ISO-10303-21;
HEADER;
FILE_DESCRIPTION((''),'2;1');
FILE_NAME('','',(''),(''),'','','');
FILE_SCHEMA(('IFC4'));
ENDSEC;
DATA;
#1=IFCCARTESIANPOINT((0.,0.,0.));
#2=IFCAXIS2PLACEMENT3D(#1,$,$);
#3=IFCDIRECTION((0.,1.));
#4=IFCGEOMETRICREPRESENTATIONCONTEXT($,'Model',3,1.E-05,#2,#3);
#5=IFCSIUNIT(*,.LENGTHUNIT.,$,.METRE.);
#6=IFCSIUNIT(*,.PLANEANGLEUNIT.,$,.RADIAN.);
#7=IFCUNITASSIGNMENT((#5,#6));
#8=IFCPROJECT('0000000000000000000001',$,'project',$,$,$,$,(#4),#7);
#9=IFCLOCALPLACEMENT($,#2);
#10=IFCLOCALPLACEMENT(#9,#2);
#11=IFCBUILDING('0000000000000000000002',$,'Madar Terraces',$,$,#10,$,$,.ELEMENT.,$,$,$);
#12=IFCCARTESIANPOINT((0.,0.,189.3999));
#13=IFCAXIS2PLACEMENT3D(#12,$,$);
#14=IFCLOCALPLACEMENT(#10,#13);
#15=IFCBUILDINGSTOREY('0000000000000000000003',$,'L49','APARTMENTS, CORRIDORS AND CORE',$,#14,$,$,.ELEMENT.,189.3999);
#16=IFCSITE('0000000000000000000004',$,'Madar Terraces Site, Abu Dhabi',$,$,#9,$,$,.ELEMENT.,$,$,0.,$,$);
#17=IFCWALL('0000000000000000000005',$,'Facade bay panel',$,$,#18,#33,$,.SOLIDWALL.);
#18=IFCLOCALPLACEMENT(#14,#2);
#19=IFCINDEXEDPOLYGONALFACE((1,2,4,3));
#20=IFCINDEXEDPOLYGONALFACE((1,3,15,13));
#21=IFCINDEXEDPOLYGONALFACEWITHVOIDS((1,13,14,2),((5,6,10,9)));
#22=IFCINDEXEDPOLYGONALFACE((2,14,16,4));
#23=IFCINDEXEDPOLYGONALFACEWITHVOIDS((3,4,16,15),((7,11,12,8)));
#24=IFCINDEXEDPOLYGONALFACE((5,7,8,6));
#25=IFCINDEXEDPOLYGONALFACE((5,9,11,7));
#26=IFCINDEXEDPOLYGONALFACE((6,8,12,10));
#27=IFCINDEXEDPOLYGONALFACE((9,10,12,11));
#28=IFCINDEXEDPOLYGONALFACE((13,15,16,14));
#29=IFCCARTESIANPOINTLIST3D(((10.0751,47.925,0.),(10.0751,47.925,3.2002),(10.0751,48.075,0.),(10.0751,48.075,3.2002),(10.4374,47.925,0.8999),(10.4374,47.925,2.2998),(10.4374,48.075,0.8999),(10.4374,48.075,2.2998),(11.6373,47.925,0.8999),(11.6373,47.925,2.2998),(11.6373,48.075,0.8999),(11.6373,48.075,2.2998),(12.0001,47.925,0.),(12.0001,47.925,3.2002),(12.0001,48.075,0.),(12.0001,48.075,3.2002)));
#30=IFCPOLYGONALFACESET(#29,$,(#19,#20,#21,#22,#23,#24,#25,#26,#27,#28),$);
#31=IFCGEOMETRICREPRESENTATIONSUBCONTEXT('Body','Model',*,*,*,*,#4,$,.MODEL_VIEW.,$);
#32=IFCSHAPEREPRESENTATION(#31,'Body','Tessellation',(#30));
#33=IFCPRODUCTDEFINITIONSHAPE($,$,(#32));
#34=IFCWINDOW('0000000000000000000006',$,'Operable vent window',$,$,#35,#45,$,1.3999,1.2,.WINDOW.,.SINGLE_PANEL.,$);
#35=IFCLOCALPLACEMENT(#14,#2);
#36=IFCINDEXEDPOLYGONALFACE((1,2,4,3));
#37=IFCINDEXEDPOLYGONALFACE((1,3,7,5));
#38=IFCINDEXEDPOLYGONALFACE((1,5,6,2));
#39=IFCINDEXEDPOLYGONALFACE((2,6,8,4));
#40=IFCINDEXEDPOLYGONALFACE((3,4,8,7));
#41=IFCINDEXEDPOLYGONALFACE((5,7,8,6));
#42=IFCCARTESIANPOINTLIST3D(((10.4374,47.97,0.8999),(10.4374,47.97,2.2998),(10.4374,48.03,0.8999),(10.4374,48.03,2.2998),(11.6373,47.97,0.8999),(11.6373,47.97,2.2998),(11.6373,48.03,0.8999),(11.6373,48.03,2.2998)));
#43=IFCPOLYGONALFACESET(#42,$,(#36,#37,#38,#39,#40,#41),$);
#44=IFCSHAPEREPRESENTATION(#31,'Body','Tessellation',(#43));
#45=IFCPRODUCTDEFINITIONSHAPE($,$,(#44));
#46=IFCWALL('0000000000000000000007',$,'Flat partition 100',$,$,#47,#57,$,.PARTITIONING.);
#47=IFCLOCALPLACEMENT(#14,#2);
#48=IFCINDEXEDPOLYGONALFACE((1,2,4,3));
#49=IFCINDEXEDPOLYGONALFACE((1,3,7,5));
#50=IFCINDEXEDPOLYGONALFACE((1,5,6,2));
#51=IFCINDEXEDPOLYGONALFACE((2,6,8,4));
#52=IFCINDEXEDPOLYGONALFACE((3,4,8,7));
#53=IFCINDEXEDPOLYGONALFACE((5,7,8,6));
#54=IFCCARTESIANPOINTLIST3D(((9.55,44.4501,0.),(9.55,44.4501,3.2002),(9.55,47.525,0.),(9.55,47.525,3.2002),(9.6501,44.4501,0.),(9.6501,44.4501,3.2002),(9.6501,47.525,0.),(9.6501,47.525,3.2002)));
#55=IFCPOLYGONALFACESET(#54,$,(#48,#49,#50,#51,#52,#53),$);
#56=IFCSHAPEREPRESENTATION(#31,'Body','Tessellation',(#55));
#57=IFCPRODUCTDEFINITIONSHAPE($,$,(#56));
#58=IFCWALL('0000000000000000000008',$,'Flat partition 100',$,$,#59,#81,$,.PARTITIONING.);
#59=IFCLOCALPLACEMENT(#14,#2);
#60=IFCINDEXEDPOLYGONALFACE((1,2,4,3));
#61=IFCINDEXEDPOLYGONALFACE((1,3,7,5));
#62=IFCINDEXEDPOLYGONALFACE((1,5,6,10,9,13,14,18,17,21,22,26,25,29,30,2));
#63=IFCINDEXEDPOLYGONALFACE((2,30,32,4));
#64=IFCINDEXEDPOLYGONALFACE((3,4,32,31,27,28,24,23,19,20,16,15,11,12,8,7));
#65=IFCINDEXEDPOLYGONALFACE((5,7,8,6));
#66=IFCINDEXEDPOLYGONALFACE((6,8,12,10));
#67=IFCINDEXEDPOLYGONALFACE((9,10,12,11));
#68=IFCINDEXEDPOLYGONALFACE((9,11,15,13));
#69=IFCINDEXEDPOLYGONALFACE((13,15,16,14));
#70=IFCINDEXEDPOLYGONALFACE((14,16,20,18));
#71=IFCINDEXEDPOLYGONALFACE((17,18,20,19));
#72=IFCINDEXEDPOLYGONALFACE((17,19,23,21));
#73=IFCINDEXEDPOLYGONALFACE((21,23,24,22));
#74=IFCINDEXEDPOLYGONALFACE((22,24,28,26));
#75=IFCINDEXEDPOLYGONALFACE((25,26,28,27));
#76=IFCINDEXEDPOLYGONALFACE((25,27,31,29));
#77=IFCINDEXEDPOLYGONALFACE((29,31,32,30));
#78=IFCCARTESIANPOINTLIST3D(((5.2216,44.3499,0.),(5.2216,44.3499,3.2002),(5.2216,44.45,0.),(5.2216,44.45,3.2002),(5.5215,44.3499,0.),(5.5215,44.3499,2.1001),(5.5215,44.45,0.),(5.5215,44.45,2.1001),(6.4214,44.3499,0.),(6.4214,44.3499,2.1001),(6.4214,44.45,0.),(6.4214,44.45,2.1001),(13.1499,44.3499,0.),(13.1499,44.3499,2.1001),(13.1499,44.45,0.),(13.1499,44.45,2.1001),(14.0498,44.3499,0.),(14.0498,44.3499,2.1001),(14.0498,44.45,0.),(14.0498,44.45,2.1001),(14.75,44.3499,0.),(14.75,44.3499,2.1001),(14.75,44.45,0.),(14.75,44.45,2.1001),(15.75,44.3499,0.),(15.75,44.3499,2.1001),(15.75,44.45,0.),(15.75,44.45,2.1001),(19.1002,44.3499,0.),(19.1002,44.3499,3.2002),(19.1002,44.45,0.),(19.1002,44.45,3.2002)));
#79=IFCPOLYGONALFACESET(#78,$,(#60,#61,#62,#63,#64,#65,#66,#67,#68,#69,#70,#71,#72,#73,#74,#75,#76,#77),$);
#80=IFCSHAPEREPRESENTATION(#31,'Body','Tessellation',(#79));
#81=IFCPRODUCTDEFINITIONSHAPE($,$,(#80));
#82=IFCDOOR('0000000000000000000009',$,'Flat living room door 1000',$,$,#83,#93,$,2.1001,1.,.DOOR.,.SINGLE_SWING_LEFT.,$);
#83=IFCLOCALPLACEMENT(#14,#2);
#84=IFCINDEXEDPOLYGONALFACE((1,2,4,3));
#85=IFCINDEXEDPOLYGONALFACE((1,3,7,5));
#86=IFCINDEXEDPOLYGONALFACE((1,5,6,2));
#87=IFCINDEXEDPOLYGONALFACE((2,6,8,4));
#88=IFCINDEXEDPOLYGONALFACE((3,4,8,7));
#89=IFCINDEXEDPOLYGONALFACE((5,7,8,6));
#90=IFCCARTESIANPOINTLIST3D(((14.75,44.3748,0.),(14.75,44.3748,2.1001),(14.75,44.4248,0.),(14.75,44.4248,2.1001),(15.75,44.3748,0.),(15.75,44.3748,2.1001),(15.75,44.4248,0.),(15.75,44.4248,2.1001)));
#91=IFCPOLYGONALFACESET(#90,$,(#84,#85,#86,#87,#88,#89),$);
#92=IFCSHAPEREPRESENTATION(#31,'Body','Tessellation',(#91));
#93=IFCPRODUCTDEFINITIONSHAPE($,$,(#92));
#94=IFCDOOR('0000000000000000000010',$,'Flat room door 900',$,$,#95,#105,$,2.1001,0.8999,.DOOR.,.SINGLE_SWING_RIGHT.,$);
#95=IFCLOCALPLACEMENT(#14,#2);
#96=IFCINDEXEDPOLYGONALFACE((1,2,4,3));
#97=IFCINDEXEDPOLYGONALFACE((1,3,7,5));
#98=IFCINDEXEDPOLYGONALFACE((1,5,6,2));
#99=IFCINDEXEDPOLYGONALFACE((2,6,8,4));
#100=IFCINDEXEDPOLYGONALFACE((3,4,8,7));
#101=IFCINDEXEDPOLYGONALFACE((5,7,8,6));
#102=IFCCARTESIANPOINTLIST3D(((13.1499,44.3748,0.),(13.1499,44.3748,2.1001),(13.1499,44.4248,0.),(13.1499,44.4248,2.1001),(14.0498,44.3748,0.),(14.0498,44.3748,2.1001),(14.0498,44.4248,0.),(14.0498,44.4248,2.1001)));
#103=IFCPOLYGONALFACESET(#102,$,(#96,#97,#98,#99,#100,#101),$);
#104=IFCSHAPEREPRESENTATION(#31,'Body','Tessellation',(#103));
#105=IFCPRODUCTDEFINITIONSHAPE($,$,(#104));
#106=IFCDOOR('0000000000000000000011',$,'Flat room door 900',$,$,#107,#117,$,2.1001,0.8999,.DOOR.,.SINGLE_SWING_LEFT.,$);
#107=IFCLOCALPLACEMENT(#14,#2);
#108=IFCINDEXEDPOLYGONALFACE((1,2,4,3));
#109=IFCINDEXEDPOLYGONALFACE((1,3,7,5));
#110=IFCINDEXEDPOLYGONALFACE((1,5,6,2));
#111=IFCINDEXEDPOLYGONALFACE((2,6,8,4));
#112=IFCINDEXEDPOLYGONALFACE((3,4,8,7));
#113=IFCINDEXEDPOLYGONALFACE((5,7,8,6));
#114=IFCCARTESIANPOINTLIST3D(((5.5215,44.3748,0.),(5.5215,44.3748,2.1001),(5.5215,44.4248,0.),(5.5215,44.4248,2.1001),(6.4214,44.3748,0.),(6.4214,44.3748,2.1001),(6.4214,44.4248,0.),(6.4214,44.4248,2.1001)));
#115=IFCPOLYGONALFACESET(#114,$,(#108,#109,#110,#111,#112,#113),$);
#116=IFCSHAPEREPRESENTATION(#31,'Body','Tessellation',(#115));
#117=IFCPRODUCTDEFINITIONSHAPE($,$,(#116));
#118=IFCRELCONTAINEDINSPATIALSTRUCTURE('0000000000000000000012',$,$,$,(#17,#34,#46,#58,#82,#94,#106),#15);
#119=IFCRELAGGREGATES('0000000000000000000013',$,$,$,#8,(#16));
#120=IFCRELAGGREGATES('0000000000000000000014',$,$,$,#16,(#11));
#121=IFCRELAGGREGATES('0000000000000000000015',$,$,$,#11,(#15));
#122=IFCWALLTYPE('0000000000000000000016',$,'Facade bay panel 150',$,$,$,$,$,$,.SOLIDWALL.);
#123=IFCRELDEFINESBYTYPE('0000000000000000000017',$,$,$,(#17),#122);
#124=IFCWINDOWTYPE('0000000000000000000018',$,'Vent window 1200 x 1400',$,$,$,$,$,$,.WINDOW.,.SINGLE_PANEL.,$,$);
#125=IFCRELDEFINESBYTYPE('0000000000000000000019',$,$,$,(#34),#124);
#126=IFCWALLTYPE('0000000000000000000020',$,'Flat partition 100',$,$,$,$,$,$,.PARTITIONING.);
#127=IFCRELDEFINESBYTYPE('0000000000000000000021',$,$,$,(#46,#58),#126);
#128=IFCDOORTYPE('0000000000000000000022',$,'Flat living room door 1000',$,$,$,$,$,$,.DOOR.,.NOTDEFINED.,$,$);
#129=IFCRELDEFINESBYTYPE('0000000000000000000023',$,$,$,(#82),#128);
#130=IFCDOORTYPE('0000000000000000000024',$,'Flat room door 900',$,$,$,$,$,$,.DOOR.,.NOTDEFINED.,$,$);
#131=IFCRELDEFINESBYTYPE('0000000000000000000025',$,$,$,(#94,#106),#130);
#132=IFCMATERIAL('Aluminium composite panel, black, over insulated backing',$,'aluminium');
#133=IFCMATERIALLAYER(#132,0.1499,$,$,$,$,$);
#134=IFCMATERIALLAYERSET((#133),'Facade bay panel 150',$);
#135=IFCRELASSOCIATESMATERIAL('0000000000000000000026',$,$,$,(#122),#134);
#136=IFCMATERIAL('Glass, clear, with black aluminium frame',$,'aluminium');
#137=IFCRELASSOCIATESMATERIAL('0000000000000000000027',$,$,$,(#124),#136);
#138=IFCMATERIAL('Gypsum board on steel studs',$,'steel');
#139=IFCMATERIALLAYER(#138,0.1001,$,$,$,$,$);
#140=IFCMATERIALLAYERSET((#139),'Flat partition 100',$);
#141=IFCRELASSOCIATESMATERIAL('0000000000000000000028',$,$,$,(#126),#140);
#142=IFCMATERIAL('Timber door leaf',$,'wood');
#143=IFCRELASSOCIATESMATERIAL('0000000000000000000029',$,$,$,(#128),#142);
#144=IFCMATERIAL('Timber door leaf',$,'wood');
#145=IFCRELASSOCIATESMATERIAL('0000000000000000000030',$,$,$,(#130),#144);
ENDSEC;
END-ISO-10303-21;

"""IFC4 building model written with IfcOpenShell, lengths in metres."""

from ifc_helpers import new_model, si_unit, direction, frame, frame_2d, origin, place, context, subcontext, project, spatial, rectangle, extrude, material, layer, layer_set, type_object, element, fill, save


model = new_model("IFC4")

# Units and contexts
model_context = context("Model", 3, precision=1e-05, world=origin(), true_north=direction((0.0, 1.0)))
body_context = subcontext(model_context, "Body", "Model", "MODEL_VIEW")
ifc_project = project(units=[si_unit("LENGTHUNIT", "METRE"), si_unit("PLANEANGLEUNIT", "RADIAN")], contexts=[model_context])

# Site, building, storey
site_placement = place(None, origin())
site = spatial("IfcSite", under=ifc_project, at=site_placement, Name="Madar Terraces Site, Abu Dhabi", CompositionType="ELEMENT", RefElevation=0.0)
building_placement = place(site_placement, origin())
building = spatial("IfcBuilding", under=site, at=building_placement, Name="Madar Terraces", CompositionType="ELEMENT")
storey_placement = place(building_placement, frame((0.0, 0.0, 189.3999)))
storey = spatial("IfcBuildingStorey", under=building, at=storey_placement, Name="L49", Description="APARTMENTS, CORRIDORS AND CORE", CompositionType="ELEMENT", Elevation=189.3999)

# Wall, opening, window
ifc_material_1 = material(Name="Aluminium composite panel, black, over insulated backing", Category="aluminium")
ifc_layer_1 = layer(ifc_material_1, 0.1499)
ifc_layer_set_1 = layer_set([ifc_layer_1], Name="Facade bay panel 150")
wall_type_1 = type_object("IfcWallType", Name="Facade bay panel 150", PredefinedType="SOLIDWALL", material=ifc_layer_set_1)
wall_1_placement = place(storey_placement, frame((12.0, 48.0, 0.0), z_axis=(0.0, 0.0, 1.0), x_axis=(-1.0, 0.0, 0.0)))
wall_1 = element("IfcWall", 1, at=wall_1_placement, inside=storey, type_object=wall_type_1, Name="Facade bay panel", PredefinedType="SOLIDWALL", context=body_context, shape_type="SweptSolid", body=[
    extrude(rectangle(XDim=1.925, YDim=0.1499, at=frame_2d((0.9624, 0.0))), origin(), (0.0, 0.0, 1.0), 3.2002),
])
opening_1_placement = place(wall_1_placement, frame((0.3625, 0.0, 0.8999)))
opening_1 = element("IfcOpeningElement", 2, at=opening_1_placement, cuts=wall_1, PredefinedType="OPENING", context=body_context, shape_type="SweptSolid", body=[
    extrude(rectangle(XDim=1.2, YDim=1.3999, at=frame_2d((0.6001, 0.7))), frame((0.0, 0.085, 0.0), z_axis=(0.0, -1.0, 0.0), x_axis=(1.0, 0.0, 0.0)), (0.0, 0.0, 1.0), 0.1699),
])
ifc_material_2 = material(Name="Glass, clear, with black aluminium frame", Category="aluminium")
window_type = type_object("IfcWindowType", Name="Vent window 1200 x 1400", PartitioningType="SINGLE_PANEL", PredefinedType="WINDOW", material=ifc_material_2)
window_placement = place(opening_1_placement, origin())
window = element("IfcWindow", 3, at=window_placement, inside=storey, type_object=window_type, Name="Operable vent window", OverallHeight=1.3999, OverallWidth=1.2, PartitioningType="SINGLE_PANEL", PredefinedType="WINDOW", context=body_context, shape_type="SweptSolid", body=[
    extrude(rectangle(XDim=1.2, YDim=1.3999, at=frame_2d((0.6001, 0.7))), frame((0.0, 0.03, 0.0), z_axis=(0.0, -1.0, 0.0), x_axis=(1.0, 0.0, 0.0)), (0.0, 0.0, 1.0), 0.0601),
])
fill(opening_1, window)

# Wall
ifc_material_3 = material(Name="Gypsum board on steel studs", Category="steel")
ifc_layer_2 = layer(ifc_material_3, 0.1001)
ifc_layer_set_2 = layer_set([ifc_layer_2], Name="Flat partition 100")
wall_type_2 = type_object("IfcWallType", Name="Flat partition 100", PredefinedType="PARTITIONING", material=ifc_layer_set_2)
wall_2_placement = place(storey_placement, frame((9.6001, 44.45, 0.0), z_axis=(0.0, 0.0, 1.0), x_axis=(0.0, 1.0, 0.0)))
element("IfcWall", 4, at=wall_2_placement, inside=storey, type_object=wall_type_2, Name="Flat partition 100", PredefinedType="PARTITIONING", context=body_context, shape_type="SweptSolid", body=[
    extrude(rectangle(XDim=3.075, YDim=0.1001, at=frame_2d((1.5376, 0.0))), origin(), (0.0, 0.0, 1.0), 3.2002),
])

# Wall, openings, doors
wall_3_placement = place(storey_placement, frame((5.2214, 44.3999, 0.0), z_axis=(0.0, 0.0, 1.0), x_axis=(1.0, 0.0, 0.0)))
wall_3 = element("IfcWall", 5, at=wall_3_placement, inside=storey, type_object=wall_type_2, Name="Flat partition 100", PredefinedType="PARTITIONING", context=body_context, shape_type="SweptSolid", body=[
    extrude(rectangle(XDim=13.8787, YDim=0.1001, at=frame_2d((6.9395, 0.0))), origin(), (0.0, 0.0, 1.0), 3.2002),
])
opening_2_placement = place(wall_3_placement, frame((9.5286, 0.0, 0.0)))
opening_2 = element("IfcOpeningElement", 6, at=opening_2_placement, cuts=wall_3, PredefinedType="OPENING", context=body_context, shape_type="SweptSolid", body=[
    extrude(rectangle(XDim=1.0, YDim=2.1001, at=frame_2d((0.5, 1.05))), frame((0.0, 0.0601, 0.0), z_axis=(0.0, -1.0, 0.0), x_axis=(1.0, 0.0, 0.0)), (0.0, 0.0, 1.0), 0.1201),
])
opening_3_placement = place(wall_3_placement, frame((7.9285, 0.0, 0.0)))
opening_3 = element("IfcOpeningElement", 7, at=opening_3_placement, cuts=wall_3, PredefinedType="OPENING", context=body_context, shape_type="SweptSolid", body=[
    extrude(rectangle(XDim=0.8999, YDim=2.1001, at=frame_2d((0.45, 1.05))), frame((0.0, 0.0601, 0.0), z_axis=(0.0, -1.0, 0.0), x_axis=(1.0, 0.0, 0.0)), (0.0, 0.0, 1.0), 0.1201),
])
opening_4_placement = place(wall_3_placement, frame((0.3, 0.0, 0.0)))
opening_4 = element("IfcOpeningElement", 8, at=opening_4_placement, cuts=wall_3, PredefinedType="OPENING", context=body_context, shape_type="SweptSolid", body=[
    extrude(rectangle(XDim=0.8999, YDim=2.1001, at=frame_2d((0.45, 1.05))), frame((0.0, 0.0601, 0.0), z_axis=(0.0, -1.0, 0.0), x_axis=(1.0, 0.0, 0.0)), (0.0, 0.0, 1.0), 0.1201),
])
ifc_material_4 = material(Name="Timber door leaf", Category="wood")
door_type_1 = type_object("IfcDoorType", Name="Flat living room door 1000", OperationType="NOTDEFINED", PredefinedType="DOOR", material=ifc_material_4)
door_1_placement = place(opening_2_placement, origin())
door_1 = element("IfcDoor", 9, at=door_1_placement, inside=storey, type_object=door_type_1, Name="Flat living room door 1000", OperationType="SINGLE_SWING_LEFT", OverallHeight=2.1001, OverallWidth=1.0, PredefinedType="DOOR", context=body_context, shape_type="SweptSolid", body=[
    extrude(rectangle(XDim=1.0, YDim=2.1001, at=frame_2d((0.5, 1.05))), frame((0.0, 0.0249, 0.0), z_axis=(0.0, -1.0, 0.0), x_axis=(1.0, 0.0, 0.0)), (0.0, 0.0, 1.0), 0.05),
])
fill(opening_2, door_1)
ifc_material_5 = material(Name="Timber door leaf", Category="wood")
door_type_2 = type_object("IfcDoorType", Name="Flat room door 900", OperationType="NOTDEFINED", PredefinedType="DOOR", material=ifc_material_5)
door_2_placement = place(opening_3_placement, origin())
door_2 = element("IfcDoor", 10, at=door_2_placement, inside=storey, type_object=door_type_2, Name="Flat room door 900", OperationType="SINGLE_SWING_RIGHT", OverallHeight=2.1001, OverallWidth=0.8999, PredefinedType="DOOR", context=body_context, shape_type="SweptSolid", body=[
    extrude(rectangle(XDim=0.8999, YDim=2.1001, at=frame_2d((0.45, 1.05))), frame((0.0, 0.0249, 0.0), z_axis=(0.0, -1.0, 0.0), x_axis=(1.0, 0.0, 0.0)), (0.0, 0.0, 1.0), 0.05),
])
fill(opening_3, door_2)
door_3_placement = place(opening_4_placement, origin())
door_3 = element("IfcDoor", 11, at=door_3_placement, inside=storey, type_object=door_type_2, Name="Flat room door 900", OperationType="SINGLE_SWING_LEFT", OverallHeight=2.1001, OverallWidth=0.8999, PredefinedType="DOOR", context=body_context, shape_type="SweptSolid", body=[
    extrude(rectangle(XDim=0.8999, YDim=2.1001, at=frame_2d((0.45, 1.05))), frame((0.0, 0.0249, 0.0), z_axis=(0.0, -1.0, 0.0), x_axis=(1.0, 0.0, 0.0)), (0.0, 0.0, 1.0), 0.05),
])
fill(opening_4, door_3)

save(model, "model.ifc")
